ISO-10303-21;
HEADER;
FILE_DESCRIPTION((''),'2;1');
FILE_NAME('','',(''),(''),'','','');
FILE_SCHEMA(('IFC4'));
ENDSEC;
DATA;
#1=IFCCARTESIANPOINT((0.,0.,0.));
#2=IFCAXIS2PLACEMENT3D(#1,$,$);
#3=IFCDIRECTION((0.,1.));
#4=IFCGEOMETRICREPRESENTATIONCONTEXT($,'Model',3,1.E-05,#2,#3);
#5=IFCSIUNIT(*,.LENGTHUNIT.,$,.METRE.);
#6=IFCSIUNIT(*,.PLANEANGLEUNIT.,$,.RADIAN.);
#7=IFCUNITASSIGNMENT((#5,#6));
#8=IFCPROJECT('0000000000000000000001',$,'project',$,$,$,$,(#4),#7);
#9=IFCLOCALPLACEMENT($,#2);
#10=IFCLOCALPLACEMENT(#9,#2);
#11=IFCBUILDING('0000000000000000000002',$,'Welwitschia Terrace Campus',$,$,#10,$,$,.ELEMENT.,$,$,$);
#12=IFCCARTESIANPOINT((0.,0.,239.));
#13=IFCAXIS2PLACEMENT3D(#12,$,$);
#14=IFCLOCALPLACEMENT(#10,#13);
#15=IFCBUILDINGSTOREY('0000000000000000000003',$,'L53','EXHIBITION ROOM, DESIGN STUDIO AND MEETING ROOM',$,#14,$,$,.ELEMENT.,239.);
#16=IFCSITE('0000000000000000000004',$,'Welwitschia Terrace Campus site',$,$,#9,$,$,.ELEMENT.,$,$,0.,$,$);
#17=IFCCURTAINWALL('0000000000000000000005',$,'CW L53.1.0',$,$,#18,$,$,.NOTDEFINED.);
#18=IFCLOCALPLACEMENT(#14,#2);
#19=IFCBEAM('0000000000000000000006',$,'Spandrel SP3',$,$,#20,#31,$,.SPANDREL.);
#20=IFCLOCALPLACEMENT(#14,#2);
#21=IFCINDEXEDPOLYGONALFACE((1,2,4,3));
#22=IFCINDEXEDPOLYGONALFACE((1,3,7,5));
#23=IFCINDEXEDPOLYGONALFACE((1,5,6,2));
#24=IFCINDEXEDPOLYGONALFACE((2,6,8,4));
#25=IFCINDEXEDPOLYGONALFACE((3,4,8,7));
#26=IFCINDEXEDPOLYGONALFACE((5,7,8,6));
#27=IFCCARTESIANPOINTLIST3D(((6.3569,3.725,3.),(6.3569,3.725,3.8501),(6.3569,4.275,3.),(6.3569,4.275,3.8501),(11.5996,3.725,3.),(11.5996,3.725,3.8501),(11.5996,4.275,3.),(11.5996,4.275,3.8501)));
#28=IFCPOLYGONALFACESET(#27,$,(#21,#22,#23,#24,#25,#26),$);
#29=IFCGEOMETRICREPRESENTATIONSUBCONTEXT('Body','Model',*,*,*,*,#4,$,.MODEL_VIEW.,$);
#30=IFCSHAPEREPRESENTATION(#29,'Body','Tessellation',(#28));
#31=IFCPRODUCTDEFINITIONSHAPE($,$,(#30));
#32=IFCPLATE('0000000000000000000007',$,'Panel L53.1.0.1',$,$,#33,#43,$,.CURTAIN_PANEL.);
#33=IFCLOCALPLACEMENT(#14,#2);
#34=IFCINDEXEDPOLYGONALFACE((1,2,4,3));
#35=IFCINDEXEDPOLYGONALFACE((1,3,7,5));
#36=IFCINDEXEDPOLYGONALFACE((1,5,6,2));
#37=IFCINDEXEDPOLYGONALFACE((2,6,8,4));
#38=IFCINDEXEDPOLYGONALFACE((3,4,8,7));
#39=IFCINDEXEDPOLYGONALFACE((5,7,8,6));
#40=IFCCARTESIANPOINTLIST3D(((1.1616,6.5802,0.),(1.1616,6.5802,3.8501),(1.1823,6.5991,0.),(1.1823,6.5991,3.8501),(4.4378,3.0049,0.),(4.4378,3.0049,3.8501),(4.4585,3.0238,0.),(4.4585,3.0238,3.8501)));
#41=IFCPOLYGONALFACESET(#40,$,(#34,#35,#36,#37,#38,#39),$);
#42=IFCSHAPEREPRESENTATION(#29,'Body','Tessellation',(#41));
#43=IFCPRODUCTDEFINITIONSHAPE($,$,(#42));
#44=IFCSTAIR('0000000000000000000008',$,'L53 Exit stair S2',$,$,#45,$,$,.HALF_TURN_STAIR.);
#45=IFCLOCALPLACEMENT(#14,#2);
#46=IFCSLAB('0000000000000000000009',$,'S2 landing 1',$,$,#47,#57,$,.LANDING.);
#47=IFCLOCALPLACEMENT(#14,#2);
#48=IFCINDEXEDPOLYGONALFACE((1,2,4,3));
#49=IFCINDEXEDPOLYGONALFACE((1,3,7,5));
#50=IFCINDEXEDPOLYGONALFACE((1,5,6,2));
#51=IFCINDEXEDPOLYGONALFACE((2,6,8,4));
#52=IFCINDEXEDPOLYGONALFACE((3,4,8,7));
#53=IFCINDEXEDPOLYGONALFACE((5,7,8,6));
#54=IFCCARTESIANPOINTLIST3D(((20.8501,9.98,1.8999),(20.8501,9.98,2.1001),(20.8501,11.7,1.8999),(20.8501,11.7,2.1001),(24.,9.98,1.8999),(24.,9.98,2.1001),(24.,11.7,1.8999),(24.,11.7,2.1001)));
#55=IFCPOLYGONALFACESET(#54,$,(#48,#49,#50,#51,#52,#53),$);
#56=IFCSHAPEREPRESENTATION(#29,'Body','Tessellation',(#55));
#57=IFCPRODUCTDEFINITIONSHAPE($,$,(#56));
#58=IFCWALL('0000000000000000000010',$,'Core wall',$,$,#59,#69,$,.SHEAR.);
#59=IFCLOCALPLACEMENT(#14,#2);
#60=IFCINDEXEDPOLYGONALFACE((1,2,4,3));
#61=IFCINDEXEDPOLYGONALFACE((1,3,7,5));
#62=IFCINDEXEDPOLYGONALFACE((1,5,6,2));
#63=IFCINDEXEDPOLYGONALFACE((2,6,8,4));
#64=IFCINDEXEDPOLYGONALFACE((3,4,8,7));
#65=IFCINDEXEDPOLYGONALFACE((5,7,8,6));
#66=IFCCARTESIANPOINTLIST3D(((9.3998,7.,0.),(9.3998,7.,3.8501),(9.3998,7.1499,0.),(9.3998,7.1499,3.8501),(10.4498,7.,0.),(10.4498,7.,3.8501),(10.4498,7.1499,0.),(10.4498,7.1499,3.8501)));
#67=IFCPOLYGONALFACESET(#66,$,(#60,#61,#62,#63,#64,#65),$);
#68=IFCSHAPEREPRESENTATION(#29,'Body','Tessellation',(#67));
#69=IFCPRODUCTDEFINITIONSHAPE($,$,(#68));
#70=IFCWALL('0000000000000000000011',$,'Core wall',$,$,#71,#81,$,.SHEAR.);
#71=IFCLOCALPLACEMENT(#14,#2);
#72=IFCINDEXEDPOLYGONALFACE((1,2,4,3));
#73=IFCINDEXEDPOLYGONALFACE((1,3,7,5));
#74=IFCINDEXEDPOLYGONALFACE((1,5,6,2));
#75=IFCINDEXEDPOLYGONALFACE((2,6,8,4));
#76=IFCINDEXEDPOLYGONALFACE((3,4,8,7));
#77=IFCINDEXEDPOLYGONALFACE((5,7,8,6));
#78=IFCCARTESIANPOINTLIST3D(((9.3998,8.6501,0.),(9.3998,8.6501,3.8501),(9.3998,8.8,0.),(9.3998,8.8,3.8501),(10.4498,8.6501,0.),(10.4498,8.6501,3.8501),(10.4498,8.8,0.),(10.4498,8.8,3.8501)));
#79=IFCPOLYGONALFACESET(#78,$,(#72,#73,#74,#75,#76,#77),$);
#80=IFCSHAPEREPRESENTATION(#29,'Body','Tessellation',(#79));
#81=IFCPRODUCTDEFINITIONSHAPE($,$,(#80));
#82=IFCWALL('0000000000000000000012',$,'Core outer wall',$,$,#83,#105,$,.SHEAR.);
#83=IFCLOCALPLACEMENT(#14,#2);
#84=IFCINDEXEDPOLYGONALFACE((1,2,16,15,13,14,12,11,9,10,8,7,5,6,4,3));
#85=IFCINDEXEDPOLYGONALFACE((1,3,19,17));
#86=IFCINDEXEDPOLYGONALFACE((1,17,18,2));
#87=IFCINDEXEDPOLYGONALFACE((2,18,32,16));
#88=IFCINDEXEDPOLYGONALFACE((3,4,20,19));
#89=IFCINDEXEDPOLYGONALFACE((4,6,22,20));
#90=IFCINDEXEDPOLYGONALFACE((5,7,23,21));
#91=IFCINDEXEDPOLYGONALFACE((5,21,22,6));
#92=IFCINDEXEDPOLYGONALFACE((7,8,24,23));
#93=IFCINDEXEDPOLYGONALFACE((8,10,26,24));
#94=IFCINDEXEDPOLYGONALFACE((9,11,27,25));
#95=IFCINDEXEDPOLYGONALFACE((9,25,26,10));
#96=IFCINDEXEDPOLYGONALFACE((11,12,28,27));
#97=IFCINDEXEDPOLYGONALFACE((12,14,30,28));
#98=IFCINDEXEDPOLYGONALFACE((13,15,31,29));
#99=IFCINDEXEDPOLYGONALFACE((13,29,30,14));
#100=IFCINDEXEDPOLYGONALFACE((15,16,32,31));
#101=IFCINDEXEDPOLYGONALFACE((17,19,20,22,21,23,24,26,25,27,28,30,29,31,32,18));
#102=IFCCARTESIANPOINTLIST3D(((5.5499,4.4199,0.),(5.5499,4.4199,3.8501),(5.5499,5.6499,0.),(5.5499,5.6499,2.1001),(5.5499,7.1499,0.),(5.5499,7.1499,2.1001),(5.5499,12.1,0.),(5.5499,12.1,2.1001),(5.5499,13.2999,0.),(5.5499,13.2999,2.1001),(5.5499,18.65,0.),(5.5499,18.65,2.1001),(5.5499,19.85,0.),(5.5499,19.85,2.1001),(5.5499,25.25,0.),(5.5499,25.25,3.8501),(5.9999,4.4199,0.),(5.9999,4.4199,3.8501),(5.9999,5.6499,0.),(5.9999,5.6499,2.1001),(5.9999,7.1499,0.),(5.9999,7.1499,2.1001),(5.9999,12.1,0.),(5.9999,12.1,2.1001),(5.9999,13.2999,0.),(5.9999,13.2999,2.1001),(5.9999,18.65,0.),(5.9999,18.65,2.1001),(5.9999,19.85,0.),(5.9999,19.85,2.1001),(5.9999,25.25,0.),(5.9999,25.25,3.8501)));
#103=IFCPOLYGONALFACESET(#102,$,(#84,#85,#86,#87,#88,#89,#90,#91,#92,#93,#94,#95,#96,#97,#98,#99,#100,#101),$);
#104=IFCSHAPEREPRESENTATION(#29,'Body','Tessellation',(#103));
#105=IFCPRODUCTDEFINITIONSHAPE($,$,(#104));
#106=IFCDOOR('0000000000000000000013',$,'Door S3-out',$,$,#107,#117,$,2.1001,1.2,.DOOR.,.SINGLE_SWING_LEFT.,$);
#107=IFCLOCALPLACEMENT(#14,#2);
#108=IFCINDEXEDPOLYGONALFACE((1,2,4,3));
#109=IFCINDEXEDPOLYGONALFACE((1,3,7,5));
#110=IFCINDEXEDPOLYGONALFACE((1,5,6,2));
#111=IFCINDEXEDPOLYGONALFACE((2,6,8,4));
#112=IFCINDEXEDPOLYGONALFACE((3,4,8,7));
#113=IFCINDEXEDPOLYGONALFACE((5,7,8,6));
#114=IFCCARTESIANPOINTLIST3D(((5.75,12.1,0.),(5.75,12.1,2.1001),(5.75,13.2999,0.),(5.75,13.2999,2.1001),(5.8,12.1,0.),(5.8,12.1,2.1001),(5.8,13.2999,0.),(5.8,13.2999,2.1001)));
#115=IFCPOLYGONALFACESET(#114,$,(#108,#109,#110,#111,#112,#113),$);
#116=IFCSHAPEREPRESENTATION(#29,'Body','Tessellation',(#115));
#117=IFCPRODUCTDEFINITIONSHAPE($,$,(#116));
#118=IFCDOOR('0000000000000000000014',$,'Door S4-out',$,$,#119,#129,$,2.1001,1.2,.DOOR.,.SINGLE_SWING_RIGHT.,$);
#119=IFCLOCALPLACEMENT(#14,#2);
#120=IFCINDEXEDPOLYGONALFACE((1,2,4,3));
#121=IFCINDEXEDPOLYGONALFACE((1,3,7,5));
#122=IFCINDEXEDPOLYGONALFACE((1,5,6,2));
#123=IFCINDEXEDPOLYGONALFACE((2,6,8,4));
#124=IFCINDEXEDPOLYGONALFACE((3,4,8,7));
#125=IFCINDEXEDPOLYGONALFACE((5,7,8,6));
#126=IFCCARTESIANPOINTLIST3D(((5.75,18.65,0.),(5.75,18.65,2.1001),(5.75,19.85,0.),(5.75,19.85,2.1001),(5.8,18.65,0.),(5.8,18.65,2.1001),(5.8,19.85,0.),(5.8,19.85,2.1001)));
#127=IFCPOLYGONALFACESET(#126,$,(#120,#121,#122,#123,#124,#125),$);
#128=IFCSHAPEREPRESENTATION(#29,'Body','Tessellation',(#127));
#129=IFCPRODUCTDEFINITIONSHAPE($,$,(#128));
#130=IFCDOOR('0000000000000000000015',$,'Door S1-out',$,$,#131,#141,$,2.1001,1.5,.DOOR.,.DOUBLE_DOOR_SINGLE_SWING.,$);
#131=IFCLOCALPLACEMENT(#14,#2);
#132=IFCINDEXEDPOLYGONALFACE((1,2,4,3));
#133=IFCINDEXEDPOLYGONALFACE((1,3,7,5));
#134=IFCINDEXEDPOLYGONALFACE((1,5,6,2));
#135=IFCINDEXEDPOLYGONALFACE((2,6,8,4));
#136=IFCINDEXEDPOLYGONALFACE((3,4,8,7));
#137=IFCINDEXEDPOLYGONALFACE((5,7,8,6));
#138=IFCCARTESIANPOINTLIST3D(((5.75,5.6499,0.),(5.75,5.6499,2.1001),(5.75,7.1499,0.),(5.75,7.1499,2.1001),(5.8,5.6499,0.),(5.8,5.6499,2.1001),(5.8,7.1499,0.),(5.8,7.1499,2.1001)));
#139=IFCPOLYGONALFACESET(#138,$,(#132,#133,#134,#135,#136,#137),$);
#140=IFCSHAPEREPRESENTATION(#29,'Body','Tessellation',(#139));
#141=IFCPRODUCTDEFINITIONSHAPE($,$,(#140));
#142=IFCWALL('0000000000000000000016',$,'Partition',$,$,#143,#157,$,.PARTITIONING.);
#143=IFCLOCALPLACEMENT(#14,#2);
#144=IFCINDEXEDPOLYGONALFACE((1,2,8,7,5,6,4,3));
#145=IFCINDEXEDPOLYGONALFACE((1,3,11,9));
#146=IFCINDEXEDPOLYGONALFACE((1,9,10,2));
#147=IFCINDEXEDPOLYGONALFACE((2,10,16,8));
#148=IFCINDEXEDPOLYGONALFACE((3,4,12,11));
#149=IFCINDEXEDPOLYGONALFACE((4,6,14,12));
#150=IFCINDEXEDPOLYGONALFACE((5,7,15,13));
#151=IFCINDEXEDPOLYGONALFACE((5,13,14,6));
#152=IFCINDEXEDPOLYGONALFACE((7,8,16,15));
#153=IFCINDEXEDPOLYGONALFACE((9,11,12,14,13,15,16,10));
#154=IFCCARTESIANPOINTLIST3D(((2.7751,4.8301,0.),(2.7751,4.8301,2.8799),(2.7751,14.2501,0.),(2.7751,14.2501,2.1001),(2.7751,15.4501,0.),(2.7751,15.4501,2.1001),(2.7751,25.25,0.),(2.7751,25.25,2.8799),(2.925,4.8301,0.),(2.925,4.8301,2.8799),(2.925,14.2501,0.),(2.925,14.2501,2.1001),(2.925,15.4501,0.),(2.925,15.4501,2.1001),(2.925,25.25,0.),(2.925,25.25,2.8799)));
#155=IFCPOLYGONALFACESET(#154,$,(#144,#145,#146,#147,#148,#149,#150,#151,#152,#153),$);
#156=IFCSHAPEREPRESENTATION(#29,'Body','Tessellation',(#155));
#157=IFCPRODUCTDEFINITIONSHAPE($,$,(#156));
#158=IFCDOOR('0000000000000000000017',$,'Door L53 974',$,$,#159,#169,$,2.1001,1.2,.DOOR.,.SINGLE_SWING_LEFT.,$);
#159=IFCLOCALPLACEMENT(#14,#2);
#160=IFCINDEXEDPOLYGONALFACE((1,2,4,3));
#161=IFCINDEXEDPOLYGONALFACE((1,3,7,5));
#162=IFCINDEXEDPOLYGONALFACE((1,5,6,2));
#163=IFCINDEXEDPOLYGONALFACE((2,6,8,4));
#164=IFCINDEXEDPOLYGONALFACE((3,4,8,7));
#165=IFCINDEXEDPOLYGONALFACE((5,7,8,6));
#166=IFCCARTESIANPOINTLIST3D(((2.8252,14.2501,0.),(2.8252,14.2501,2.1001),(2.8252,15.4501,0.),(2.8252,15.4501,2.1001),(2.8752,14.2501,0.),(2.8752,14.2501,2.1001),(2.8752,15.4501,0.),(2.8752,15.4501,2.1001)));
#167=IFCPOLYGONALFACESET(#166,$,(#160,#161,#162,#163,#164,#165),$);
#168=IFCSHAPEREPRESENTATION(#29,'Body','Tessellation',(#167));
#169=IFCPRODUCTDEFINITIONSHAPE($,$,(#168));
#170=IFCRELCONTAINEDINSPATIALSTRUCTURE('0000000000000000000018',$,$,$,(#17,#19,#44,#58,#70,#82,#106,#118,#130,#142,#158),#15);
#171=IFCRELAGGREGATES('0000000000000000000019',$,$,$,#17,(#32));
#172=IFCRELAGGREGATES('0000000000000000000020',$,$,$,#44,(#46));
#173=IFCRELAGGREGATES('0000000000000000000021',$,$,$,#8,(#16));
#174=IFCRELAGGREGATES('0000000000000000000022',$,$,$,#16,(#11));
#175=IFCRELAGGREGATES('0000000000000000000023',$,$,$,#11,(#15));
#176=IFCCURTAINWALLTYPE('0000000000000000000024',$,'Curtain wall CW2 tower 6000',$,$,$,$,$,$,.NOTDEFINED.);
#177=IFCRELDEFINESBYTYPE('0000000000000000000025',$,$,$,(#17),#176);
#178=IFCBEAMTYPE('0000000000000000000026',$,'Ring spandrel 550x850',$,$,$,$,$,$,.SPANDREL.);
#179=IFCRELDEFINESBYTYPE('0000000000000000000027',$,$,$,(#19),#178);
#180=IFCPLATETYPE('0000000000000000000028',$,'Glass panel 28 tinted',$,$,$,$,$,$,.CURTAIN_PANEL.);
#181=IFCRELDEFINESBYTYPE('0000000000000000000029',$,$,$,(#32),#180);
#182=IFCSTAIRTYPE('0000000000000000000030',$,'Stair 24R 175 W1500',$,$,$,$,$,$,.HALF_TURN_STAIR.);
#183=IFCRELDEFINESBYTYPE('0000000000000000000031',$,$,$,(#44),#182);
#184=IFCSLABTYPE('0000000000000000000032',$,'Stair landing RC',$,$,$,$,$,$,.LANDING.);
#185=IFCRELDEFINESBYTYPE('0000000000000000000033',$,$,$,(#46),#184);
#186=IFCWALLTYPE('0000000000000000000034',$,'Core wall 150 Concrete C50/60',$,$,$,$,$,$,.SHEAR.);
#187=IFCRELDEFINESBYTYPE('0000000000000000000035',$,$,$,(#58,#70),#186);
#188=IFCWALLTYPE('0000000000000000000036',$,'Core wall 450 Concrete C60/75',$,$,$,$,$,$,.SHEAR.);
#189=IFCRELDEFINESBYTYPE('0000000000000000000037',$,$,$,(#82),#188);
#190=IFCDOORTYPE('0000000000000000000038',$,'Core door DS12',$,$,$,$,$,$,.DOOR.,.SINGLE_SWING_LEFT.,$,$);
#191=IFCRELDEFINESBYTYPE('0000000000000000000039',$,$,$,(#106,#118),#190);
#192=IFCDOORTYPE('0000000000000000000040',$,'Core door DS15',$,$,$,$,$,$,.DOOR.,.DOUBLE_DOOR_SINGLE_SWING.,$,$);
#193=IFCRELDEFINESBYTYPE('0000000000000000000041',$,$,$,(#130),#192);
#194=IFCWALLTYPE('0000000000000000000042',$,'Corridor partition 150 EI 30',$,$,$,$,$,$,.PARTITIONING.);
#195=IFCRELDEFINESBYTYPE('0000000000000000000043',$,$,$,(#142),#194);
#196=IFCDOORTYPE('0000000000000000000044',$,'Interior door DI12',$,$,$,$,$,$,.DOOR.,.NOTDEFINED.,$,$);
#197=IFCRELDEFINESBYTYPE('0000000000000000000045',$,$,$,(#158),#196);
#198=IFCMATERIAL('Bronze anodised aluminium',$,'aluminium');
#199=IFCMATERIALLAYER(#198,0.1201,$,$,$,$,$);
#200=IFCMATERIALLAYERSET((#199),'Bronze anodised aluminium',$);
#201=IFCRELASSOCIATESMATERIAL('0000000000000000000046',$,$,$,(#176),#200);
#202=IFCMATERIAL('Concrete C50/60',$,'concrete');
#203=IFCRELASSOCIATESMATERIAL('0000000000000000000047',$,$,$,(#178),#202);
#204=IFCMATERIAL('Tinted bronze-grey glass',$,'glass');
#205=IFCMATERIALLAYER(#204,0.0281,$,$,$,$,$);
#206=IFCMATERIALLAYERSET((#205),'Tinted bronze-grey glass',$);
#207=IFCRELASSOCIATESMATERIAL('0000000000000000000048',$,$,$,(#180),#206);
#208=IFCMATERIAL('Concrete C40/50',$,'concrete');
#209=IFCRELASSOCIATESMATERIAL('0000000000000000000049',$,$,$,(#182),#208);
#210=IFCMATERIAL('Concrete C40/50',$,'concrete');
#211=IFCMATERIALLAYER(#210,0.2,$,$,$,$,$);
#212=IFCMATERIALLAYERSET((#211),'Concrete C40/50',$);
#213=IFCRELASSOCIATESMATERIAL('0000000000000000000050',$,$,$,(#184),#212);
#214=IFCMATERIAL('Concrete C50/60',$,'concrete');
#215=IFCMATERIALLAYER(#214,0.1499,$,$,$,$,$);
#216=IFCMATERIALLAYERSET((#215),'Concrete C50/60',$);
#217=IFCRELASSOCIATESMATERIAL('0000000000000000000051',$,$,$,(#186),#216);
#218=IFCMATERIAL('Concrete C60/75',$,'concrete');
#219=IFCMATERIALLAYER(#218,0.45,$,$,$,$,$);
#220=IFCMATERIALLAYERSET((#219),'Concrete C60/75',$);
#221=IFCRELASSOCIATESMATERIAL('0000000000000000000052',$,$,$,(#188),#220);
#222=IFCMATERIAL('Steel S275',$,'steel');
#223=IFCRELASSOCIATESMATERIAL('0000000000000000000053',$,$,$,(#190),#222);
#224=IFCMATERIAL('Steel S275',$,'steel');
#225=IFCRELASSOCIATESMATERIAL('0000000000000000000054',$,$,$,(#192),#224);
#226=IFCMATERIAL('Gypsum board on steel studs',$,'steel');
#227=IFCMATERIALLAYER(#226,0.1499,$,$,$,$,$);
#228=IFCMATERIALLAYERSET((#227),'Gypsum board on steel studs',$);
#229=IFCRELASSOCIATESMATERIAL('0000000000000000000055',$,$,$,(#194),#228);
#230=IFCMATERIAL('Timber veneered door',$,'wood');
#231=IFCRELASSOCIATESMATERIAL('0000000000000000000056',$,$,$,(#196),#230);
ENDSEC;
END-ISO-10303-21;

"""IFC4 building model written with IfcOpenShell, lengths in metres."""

from ifc_helpers import new_model, si_unit, direction, frame, frame_2d, origin, origin_2d, place, context, subcontext, project, spatial, polyline, rectangle, outline, extrude, material, layer, layer_set, material_profile, profile_set, type_object, element, fill, aggregate, save


model = new_model("IFC4")

# Units and contexts
model_context = context("Model", 3, precision=1e-05, world=origin(), true_north=direction((0.0, 1.0)))
body_context = subcontext(model_context, "Body", "Model", "MODEL_VIEW")
ifc_project = project(units=[si_unit("LENGTHUNIT", "METRE"), si_unit("PLANEANGLEUNIT", "RADIAN")], contexts=[model_context])

# Site, building, storey
site_placement = place(None, origin())
site = spatial("IfcSite", under=ifc_project, at=site_placement, Name="Welwitschia Terrace Campus site", CompositionType="ELEMENT", RefElevation=0.0)
building_placement = place(site_placement, origin())
building = spatial("IfcBuilding", under=site, at=building_placement, Name="Welwitschia Terrace Campus", CompositionType="ELEMENT")
storey_placement = place(building_placement, frame((0.0, 0.0, 239.0)))
storey = spatial("IfcBuildingStorey", under=building, at=storey_placement, Name="L53", Description="EXHIBITION ROOM, DESIGN STUDIO AND MEETING ROOM", CompositionType="ELEMENT", Elevation=239.0)

# Curtain wall
ifc_material_1 = material(Name="Bronze anodised aluminium", Category="aluminium")
ifc_layer_1 = layer(ifc_material_1, 0.1201)
ifc_layer_set_1 = layer_set([ifc_layer_1], Name="Bronze anodised aluminium")
curtain_wall_type = type_object("IfcCurtainWallType", Name="Curtain wall CW2 tower 6000", PredefinedType="NOTDEFINED", material=ifc_layer_set_1)
curtain_wall_placement = place(storey_placement, origin())
curtain_wall = element("IfcCurtainWall", 1, at=curtain_wall_placement, inside=storey, type_object=curtain_wall_type, Name="CW L53.1.0", PredefinedType="NOTDEFINED")

# Beam
ifc_material_2 = material(Name="Concrete C50/60", Category="concrete")
ifc_material_profile_1 = material_profile(ifc_material_2, rectangle(XDim=0.55, YDim=0.8501, at=origin_2d()))
ifc_profile_set_1 = profile_set([ifc_material_profile_1], Name="Concrete C50/60")
beam_type_1 = type_object("IfcBeamType", Name="Ring spandrel 550x850", PredefinedType="SPANDREL", material=ifc_profile_set_1)
beam_1_placement = place(storey_placement, frame((6.3569, 4.0, 3.425), z_axis=(1.0, 0.0, 0.0), x_axis=(0.0, 1.0, 0.0)))
element("IfcBeam", 2, at=beam_1_placement, inside=storey, type_object=beam_type_1, Name="Spandrel SP3", PredefinedType="SPANDREL", context=body_context, shape_type="SweptSolid", body=[
    extrude(rectangle(XDim=0.55, YDim=0.8501, at=origin_2d()), origin(), (0.0, 0.0, 1.0), 5.2427),
])

# Plate
ifc_material_3 = material(Name="Tinted bronze-grey glass", Category="glass")
ifc_layer_2 = layer(ifc_material_3, 0.0281)
ifc_layer_set_2 = layer_set([ifc_layer_2], Name="Tinted bronze-grey glass")
plate_type = type_object("IfcPlateType", Name="Glass panel 28 tinted", PredefinedType="CURTAIN_PANEL", material=ifc_layer_set_2)
plate_placement = place(storey_placement, frame((2.8101, 4.802, 0.0), z_axis=(0.0, 0.0, 1.0), x_axis=(0.67559, -0.737277, 0.0)))
plate = element("IfcPlate", 3, at=plate_placement, type_object=plate_type, Name="Panel L53.1.0.1", PredefinedType="CURTAIN_PANEL", context=body_context, shape_type="SweptSolid", body=[
    extrude(rectangle(XDim=4.8494, YDim=0.0281, at=origin_2d()), origin(), (0.0, 0.0, 1.0), 3.8501),
])
aggregate(curtain_wall, [plate])

# Stair, slab
ifc_material_4 = material(Name="Concrete C40/50", Category="concrete")
stair_type = type_object("IfcStairType", Name="Stair 24R 175 W1500", PredefinedType="HALF_TURN_STAIR", material=ifc_material_4)
stair_1_placement = place(storey_placement, origin())
stair_1 = element("IfcStair", 4, at=stair_1_placement, inside=storey, type_object=stair_type, Name="L53 Exit stair S2", PredefinedType="HALF_TURN_STAIR")
ifc_material_5 = material(Name="Concrete C40/50", Category="concrete")
ifc_layer_3 = layer(ifc_material_5, 0.2)
ifc_layer_set_3 = layer_set([ifc_layer_3], Name="Concrete C40/50")
slab_type = type_object("IfcSlabType", Name="Stair landing RC", PredefinedType="LANDING", material=ifc_layer_set_3)
slab_placement = place(storey_placement, frame((0.0, 0.0, 1.8999)))
slab = element("IfcSlab", 5, at=slab_placement, type_object=slab_type, Name="S2 landing 1", PredefinedType="LANDING", context=body_context, shape_type="SweptSolid", body=[
    extrude(outline(polyline([(24.0, 9.98), (24.0, 11.7), (20.8501, 11.7), (20.8501, 9.98), (24.0, 9.98)])), origin(), (0.0, 0.0, 1.0), 0.2002),
])
aggregate(stair_1, [slab])

# Walls
ifc_material_6 = material(Name="Concrete C50/60", Category="concrete")
ifc_layer_4 = layer(ifc_material_6, 0.1499)
ifc_layer_set_4 = layer_set([ifc_layer_4], Name="Concrete C50/60")
wall_type_1 = type_object("IfcWallType", Name="Core wall 150 Concrete C50/60", PredefinedType="SHEAR", material=ifc_layer_set_4)
for number, where, z_axis, x_axis, name in (
    (6, (9.3999, 7.075, 0.0), (0.0, 0.0, 1.0), (1.0, 0.0, 0.0), "Core wall"),
    (7, (9.3999, 8.7251, 0.0), (0.0, 0.0, 1.0), (1.0, 0.0, 0.0), "Core wall"),
):
    element("IfcWall", number, at=place(storey_placement, frame(where, z_axis=z_axis, x_axis=x_axis)), inside=storey, type_object=wall_type_1, Name=name, PredefinedType="SHEAR", context=body_context, shape_type="SweptSolid", body=[
        extrude(rectangle(XDim=1.05, YDim=0.1499, at=frame_2d((0.5249, 0.0))), origin(), (0.0, 0.0, 1.0), 3.8501),
    ])

# Wall, openings, doors
ifc_material_7 = material(Name="Concrete C60/75", Category="concrete")
ifc_layer_5 = layer(ifc_material_7, 0.45)
ifc_layer_set_5 = layer_set([ifc_layer_5], Name="Concrete C60/75")
wall_type_2 = type_object("IfcWallType", Name="Core wall 450 Concrete C60/75", PredefinedType="SHEAR", material=ifc_layer_set_5)
wall_1_placement = place(storey_placement, frame((5.7749, 4.4199, 0.0), z_axis=(0.0, 0.0, 1.0), x_axis=(0.0, 1.0, 0.0)))
wall_1 = element("IfcWall", 8, at=wall_1_placement, inside=storey, type_object=wall_type_2, Name="Core outer wall", PredefinedType="SHEAR", context=body_context, shape_type="SweptSolid", body=[
    extrude(rectangle(XDim=20.8301, YDim=0.45, at=frame_2d((10.415, 0.0))), origin(), (0.0, 0.0, 1.0), 3.8501),
])
opening_1_placement = place(wall_1_placement, frame((1.23, 0.0, 0.0)))
opening_1 = element("IfcOpeningElement", 9, at=opening_1_placement, cuts=wall_1, PredefinedType="OPENING", context=body_context, shape_type="SweptSolid", body=[
    extrude(rectangle(XDim=1.5, YDim=2.1001, at=frame_2d((0.75, 1.05))), frame((0.0, 0.2349, 0.0), z_axis=(0.0, -1.0, 0.0), x_axis=(1.0, 0.0, 0.0)), (0.0, 0.0, 1.0), 0.47),
])
opening_2_placement = place(wall_1_placement, frame((7.6799, 0.0, 0.0)))
opening_2 = element("IfcOpeningElement", 10, at=opening_2_placement, cuts=wall_1, PredefinedType="OPENING", context=body_context, shape_type="SweptSolid", body=[
    extrude(rectangle(XDim=1.2, YDim=2.1001, at=frame_2d((0.6001, 1.05))), frame((0.0, 0.2349, 0.0), z_axis=(0.0, -1.0, 0.0), x_axis=(1.0, 0.0, 0.0)), (0.0, 0.0, 1.0), 0.47),
])
opening_3_placement = place(wall_1_placement, frame((14.23, 0.0, 0.0)))
opening_3 = element("IfcOpeningElement", 11, at=opening_3_placement, cuts=wall_1, PredefinedType="OPENING", context=body_context, shape_type="SweptSolid", body=[
    extrude(rectangle(XDim=1.2, YDim=2.1001, at=frame_2d((0.6001, 1.05))), frame((0.0, 0.2349, 0.0), z_axis=(0.0, -1.0, 0.0), x_axis=(1.0, 0.0, 0.0)), (0.0, 0.0, 1.0), 0.47),
])
ifc_material_8 = material(Name="Steel S275", Category="steel")
door_type_1 = type_object("IfcDoorType", Name="Core door DS12", OperationType="SINGLE_SWING_LEFT", PredefinedType="DOOR", material=ifc_material_8)
door_1_placement = place(opening_2_placement, origin())
door_1 = element("IfcDoor", 12, at=door_1_placement, inside=storey, type_object=door_type_1, Name="Door S3-out", OperationType="SINGLE_SWING_LEFT", OverallHeight=2.1001, OverallWidth=1.2, PredefinedType="DOOR", context=body_context, shape_type="SweptSolid", body=[
    extrude(rectangle(XDim=1.2, YDim=2.1001, at=frame_2d((0.6001, 1.05))), frame((0.0, 0.0249, 0.0), z_axis=(0.0, -1.0, 0.0), x_axis=(1.0, 0.0, 0.0)), (0.0, 0.0, 1.0), 0.05),
])
fill(opening_2, door_1)
door_2_placement = place(opening_3_placement, origin())
door_2 = element("IfcDoor", 13, at=door_2_placement, inside=storey, type_object=door_type_1, Name="Door S4-out", OperationType="SINGLE_SWING_RIGHT", OverallHeight=2.1001, OverallWidth=1.2, PredefinedType="DOOR", context=body_context, shape_type="SweptSolid", body=[
    extrude(rectangle(XDim=1.2, YDim=2.1001, at=frame_2d((0.6001, 1.05))), frame((0.0, 0.0249, 0.0), z_axis=(0.0, -1.0, 0.0), x_axis=(1.0, 0.0, 0.0)), (0.0, 0.0, 1.0), 0.05),
])
fill(opening_3, door_2)
ifc_material_9 = material(Name="Steel S275", Category="steel")
door_type_2 = type_object("IfcDoorType", Name="Core door DS15", OperationType="DOUBLE_DOOR_SINGLE_SWING", PredefinedType="DOOR", material=ifc_material_9)
door_3_placement = place(opening_1_placement, origin())
door_3 = element("IfcDoor", 14, at=door_3_placement, inside=storey, type_object=door_type_2, Name="Door S1-out", OperationType="DOUBLE_DOOR_SINGLE_SWING", OverallHeight=2.1001, OverallWidth=1.5, PredefinedType="DOOR", context=body_context, shape_type="SweptSolid", body=[
    extrude(rectangle(XDim=1.5, YDim=2.1001, at=frame_2d((0.75, 1.05))), frame((0.0, 0.0249, 0.0), z_axis=(0.0, -1.0, 0.0), x_axis=(1.0, 0.0, 0.0)), (0.0, 0.0, 1.0), 0.05),
])
fill(opening_1, door_3)

# Wall, opening, door
ifc_material_10 = material(Name="Gypsum board on steel studs", Category="steel")
ifc_layer_6 = layer(ifc_material_10, 0.1499)
ifc_layer_set_6 = layer_set([ifc_layer_6], Name="Gypsum board on steel studs")
wall_type_3 = type_object("IfcWallType", Name="Corridor partition 150 EI 30", PredefinedType="PARTITIONING", material=ifc_layer_set_6)
wall_2_placement = place(storey_placement, frame((2.8501, 4.8301, 0.0), z_axis=(0.0, 0.0, 1.0), x_axis=(0.0, 1.0, 0.0)))
wall_2 = element("IfcWall", 15, at=wall_2_placement, inside=storey, type_object=wall_type_3, Name="Partition", PredefinedType="PARTITIONING", context=body_context, shape_type="SweptSolid", body=[
    extrude(rectangle(XDim=20.4199, YDim=0.1499, at=frame_2d((10.21, 0.0))), origin(), (0.0, 0.0, 1.0), 2.8799),
])
opening_4_placement = place(wall_2_placement, frame((9.4199, 0.0, 0.0)))
opening_4 = element("IfcOpeningElement", 16, at=opening_4_placement, cuts=wall_2, PredefinedType="OPENING", context=body_context, shape_type="SweptSolid", body=[
    extrude(rectangle(XDim=1.2, YDim=2.1001, at=frame_2d((0.6001, 1.05))), frame((0.0, 0.085, 0.0), z_axis=(0.0, -1.0, 0.0), x_axis=(1.0, 0.0, 0.0)), (0.0, 0.0, 1.0), 0.1699),
])
ifc_material_11 = material(Name="Timber veneered door", Category="wood")
door_type_3 = type_object("IfcDoorType", Name="Interior door DI12", OperationType="NOTDEFINED", PredefinedType="DOOR", material=ifc_material_11)
door_4_placement = place(opening_4_placement, origin())
door_4 = element("IfcDoor", 17, at=door_4_placement, inside=storey, type_object=door_type_3, Name="Door L53 974", OperationType="SINGLE_SWING_LEFT", OverallHeight=2.1001, OverallWidth=1.2, PredefinedType="DOOR", context=body_context, shape_type="SweptSolid", body=[
    extrude(rectangle(XDim=1.2, YDim=2.1001, at=frame_2d((0.6001, 1.05))), frame((0.0, 0.0249, 0.0), z_axis=(0.0, -1.0, 0.0), x_axis=(1.0, 0.0, 0.0)), (0.0, 0.0, 1.0), 0.05),
])
fill(opening_4, door_4)

save(model, "model.ifc")
